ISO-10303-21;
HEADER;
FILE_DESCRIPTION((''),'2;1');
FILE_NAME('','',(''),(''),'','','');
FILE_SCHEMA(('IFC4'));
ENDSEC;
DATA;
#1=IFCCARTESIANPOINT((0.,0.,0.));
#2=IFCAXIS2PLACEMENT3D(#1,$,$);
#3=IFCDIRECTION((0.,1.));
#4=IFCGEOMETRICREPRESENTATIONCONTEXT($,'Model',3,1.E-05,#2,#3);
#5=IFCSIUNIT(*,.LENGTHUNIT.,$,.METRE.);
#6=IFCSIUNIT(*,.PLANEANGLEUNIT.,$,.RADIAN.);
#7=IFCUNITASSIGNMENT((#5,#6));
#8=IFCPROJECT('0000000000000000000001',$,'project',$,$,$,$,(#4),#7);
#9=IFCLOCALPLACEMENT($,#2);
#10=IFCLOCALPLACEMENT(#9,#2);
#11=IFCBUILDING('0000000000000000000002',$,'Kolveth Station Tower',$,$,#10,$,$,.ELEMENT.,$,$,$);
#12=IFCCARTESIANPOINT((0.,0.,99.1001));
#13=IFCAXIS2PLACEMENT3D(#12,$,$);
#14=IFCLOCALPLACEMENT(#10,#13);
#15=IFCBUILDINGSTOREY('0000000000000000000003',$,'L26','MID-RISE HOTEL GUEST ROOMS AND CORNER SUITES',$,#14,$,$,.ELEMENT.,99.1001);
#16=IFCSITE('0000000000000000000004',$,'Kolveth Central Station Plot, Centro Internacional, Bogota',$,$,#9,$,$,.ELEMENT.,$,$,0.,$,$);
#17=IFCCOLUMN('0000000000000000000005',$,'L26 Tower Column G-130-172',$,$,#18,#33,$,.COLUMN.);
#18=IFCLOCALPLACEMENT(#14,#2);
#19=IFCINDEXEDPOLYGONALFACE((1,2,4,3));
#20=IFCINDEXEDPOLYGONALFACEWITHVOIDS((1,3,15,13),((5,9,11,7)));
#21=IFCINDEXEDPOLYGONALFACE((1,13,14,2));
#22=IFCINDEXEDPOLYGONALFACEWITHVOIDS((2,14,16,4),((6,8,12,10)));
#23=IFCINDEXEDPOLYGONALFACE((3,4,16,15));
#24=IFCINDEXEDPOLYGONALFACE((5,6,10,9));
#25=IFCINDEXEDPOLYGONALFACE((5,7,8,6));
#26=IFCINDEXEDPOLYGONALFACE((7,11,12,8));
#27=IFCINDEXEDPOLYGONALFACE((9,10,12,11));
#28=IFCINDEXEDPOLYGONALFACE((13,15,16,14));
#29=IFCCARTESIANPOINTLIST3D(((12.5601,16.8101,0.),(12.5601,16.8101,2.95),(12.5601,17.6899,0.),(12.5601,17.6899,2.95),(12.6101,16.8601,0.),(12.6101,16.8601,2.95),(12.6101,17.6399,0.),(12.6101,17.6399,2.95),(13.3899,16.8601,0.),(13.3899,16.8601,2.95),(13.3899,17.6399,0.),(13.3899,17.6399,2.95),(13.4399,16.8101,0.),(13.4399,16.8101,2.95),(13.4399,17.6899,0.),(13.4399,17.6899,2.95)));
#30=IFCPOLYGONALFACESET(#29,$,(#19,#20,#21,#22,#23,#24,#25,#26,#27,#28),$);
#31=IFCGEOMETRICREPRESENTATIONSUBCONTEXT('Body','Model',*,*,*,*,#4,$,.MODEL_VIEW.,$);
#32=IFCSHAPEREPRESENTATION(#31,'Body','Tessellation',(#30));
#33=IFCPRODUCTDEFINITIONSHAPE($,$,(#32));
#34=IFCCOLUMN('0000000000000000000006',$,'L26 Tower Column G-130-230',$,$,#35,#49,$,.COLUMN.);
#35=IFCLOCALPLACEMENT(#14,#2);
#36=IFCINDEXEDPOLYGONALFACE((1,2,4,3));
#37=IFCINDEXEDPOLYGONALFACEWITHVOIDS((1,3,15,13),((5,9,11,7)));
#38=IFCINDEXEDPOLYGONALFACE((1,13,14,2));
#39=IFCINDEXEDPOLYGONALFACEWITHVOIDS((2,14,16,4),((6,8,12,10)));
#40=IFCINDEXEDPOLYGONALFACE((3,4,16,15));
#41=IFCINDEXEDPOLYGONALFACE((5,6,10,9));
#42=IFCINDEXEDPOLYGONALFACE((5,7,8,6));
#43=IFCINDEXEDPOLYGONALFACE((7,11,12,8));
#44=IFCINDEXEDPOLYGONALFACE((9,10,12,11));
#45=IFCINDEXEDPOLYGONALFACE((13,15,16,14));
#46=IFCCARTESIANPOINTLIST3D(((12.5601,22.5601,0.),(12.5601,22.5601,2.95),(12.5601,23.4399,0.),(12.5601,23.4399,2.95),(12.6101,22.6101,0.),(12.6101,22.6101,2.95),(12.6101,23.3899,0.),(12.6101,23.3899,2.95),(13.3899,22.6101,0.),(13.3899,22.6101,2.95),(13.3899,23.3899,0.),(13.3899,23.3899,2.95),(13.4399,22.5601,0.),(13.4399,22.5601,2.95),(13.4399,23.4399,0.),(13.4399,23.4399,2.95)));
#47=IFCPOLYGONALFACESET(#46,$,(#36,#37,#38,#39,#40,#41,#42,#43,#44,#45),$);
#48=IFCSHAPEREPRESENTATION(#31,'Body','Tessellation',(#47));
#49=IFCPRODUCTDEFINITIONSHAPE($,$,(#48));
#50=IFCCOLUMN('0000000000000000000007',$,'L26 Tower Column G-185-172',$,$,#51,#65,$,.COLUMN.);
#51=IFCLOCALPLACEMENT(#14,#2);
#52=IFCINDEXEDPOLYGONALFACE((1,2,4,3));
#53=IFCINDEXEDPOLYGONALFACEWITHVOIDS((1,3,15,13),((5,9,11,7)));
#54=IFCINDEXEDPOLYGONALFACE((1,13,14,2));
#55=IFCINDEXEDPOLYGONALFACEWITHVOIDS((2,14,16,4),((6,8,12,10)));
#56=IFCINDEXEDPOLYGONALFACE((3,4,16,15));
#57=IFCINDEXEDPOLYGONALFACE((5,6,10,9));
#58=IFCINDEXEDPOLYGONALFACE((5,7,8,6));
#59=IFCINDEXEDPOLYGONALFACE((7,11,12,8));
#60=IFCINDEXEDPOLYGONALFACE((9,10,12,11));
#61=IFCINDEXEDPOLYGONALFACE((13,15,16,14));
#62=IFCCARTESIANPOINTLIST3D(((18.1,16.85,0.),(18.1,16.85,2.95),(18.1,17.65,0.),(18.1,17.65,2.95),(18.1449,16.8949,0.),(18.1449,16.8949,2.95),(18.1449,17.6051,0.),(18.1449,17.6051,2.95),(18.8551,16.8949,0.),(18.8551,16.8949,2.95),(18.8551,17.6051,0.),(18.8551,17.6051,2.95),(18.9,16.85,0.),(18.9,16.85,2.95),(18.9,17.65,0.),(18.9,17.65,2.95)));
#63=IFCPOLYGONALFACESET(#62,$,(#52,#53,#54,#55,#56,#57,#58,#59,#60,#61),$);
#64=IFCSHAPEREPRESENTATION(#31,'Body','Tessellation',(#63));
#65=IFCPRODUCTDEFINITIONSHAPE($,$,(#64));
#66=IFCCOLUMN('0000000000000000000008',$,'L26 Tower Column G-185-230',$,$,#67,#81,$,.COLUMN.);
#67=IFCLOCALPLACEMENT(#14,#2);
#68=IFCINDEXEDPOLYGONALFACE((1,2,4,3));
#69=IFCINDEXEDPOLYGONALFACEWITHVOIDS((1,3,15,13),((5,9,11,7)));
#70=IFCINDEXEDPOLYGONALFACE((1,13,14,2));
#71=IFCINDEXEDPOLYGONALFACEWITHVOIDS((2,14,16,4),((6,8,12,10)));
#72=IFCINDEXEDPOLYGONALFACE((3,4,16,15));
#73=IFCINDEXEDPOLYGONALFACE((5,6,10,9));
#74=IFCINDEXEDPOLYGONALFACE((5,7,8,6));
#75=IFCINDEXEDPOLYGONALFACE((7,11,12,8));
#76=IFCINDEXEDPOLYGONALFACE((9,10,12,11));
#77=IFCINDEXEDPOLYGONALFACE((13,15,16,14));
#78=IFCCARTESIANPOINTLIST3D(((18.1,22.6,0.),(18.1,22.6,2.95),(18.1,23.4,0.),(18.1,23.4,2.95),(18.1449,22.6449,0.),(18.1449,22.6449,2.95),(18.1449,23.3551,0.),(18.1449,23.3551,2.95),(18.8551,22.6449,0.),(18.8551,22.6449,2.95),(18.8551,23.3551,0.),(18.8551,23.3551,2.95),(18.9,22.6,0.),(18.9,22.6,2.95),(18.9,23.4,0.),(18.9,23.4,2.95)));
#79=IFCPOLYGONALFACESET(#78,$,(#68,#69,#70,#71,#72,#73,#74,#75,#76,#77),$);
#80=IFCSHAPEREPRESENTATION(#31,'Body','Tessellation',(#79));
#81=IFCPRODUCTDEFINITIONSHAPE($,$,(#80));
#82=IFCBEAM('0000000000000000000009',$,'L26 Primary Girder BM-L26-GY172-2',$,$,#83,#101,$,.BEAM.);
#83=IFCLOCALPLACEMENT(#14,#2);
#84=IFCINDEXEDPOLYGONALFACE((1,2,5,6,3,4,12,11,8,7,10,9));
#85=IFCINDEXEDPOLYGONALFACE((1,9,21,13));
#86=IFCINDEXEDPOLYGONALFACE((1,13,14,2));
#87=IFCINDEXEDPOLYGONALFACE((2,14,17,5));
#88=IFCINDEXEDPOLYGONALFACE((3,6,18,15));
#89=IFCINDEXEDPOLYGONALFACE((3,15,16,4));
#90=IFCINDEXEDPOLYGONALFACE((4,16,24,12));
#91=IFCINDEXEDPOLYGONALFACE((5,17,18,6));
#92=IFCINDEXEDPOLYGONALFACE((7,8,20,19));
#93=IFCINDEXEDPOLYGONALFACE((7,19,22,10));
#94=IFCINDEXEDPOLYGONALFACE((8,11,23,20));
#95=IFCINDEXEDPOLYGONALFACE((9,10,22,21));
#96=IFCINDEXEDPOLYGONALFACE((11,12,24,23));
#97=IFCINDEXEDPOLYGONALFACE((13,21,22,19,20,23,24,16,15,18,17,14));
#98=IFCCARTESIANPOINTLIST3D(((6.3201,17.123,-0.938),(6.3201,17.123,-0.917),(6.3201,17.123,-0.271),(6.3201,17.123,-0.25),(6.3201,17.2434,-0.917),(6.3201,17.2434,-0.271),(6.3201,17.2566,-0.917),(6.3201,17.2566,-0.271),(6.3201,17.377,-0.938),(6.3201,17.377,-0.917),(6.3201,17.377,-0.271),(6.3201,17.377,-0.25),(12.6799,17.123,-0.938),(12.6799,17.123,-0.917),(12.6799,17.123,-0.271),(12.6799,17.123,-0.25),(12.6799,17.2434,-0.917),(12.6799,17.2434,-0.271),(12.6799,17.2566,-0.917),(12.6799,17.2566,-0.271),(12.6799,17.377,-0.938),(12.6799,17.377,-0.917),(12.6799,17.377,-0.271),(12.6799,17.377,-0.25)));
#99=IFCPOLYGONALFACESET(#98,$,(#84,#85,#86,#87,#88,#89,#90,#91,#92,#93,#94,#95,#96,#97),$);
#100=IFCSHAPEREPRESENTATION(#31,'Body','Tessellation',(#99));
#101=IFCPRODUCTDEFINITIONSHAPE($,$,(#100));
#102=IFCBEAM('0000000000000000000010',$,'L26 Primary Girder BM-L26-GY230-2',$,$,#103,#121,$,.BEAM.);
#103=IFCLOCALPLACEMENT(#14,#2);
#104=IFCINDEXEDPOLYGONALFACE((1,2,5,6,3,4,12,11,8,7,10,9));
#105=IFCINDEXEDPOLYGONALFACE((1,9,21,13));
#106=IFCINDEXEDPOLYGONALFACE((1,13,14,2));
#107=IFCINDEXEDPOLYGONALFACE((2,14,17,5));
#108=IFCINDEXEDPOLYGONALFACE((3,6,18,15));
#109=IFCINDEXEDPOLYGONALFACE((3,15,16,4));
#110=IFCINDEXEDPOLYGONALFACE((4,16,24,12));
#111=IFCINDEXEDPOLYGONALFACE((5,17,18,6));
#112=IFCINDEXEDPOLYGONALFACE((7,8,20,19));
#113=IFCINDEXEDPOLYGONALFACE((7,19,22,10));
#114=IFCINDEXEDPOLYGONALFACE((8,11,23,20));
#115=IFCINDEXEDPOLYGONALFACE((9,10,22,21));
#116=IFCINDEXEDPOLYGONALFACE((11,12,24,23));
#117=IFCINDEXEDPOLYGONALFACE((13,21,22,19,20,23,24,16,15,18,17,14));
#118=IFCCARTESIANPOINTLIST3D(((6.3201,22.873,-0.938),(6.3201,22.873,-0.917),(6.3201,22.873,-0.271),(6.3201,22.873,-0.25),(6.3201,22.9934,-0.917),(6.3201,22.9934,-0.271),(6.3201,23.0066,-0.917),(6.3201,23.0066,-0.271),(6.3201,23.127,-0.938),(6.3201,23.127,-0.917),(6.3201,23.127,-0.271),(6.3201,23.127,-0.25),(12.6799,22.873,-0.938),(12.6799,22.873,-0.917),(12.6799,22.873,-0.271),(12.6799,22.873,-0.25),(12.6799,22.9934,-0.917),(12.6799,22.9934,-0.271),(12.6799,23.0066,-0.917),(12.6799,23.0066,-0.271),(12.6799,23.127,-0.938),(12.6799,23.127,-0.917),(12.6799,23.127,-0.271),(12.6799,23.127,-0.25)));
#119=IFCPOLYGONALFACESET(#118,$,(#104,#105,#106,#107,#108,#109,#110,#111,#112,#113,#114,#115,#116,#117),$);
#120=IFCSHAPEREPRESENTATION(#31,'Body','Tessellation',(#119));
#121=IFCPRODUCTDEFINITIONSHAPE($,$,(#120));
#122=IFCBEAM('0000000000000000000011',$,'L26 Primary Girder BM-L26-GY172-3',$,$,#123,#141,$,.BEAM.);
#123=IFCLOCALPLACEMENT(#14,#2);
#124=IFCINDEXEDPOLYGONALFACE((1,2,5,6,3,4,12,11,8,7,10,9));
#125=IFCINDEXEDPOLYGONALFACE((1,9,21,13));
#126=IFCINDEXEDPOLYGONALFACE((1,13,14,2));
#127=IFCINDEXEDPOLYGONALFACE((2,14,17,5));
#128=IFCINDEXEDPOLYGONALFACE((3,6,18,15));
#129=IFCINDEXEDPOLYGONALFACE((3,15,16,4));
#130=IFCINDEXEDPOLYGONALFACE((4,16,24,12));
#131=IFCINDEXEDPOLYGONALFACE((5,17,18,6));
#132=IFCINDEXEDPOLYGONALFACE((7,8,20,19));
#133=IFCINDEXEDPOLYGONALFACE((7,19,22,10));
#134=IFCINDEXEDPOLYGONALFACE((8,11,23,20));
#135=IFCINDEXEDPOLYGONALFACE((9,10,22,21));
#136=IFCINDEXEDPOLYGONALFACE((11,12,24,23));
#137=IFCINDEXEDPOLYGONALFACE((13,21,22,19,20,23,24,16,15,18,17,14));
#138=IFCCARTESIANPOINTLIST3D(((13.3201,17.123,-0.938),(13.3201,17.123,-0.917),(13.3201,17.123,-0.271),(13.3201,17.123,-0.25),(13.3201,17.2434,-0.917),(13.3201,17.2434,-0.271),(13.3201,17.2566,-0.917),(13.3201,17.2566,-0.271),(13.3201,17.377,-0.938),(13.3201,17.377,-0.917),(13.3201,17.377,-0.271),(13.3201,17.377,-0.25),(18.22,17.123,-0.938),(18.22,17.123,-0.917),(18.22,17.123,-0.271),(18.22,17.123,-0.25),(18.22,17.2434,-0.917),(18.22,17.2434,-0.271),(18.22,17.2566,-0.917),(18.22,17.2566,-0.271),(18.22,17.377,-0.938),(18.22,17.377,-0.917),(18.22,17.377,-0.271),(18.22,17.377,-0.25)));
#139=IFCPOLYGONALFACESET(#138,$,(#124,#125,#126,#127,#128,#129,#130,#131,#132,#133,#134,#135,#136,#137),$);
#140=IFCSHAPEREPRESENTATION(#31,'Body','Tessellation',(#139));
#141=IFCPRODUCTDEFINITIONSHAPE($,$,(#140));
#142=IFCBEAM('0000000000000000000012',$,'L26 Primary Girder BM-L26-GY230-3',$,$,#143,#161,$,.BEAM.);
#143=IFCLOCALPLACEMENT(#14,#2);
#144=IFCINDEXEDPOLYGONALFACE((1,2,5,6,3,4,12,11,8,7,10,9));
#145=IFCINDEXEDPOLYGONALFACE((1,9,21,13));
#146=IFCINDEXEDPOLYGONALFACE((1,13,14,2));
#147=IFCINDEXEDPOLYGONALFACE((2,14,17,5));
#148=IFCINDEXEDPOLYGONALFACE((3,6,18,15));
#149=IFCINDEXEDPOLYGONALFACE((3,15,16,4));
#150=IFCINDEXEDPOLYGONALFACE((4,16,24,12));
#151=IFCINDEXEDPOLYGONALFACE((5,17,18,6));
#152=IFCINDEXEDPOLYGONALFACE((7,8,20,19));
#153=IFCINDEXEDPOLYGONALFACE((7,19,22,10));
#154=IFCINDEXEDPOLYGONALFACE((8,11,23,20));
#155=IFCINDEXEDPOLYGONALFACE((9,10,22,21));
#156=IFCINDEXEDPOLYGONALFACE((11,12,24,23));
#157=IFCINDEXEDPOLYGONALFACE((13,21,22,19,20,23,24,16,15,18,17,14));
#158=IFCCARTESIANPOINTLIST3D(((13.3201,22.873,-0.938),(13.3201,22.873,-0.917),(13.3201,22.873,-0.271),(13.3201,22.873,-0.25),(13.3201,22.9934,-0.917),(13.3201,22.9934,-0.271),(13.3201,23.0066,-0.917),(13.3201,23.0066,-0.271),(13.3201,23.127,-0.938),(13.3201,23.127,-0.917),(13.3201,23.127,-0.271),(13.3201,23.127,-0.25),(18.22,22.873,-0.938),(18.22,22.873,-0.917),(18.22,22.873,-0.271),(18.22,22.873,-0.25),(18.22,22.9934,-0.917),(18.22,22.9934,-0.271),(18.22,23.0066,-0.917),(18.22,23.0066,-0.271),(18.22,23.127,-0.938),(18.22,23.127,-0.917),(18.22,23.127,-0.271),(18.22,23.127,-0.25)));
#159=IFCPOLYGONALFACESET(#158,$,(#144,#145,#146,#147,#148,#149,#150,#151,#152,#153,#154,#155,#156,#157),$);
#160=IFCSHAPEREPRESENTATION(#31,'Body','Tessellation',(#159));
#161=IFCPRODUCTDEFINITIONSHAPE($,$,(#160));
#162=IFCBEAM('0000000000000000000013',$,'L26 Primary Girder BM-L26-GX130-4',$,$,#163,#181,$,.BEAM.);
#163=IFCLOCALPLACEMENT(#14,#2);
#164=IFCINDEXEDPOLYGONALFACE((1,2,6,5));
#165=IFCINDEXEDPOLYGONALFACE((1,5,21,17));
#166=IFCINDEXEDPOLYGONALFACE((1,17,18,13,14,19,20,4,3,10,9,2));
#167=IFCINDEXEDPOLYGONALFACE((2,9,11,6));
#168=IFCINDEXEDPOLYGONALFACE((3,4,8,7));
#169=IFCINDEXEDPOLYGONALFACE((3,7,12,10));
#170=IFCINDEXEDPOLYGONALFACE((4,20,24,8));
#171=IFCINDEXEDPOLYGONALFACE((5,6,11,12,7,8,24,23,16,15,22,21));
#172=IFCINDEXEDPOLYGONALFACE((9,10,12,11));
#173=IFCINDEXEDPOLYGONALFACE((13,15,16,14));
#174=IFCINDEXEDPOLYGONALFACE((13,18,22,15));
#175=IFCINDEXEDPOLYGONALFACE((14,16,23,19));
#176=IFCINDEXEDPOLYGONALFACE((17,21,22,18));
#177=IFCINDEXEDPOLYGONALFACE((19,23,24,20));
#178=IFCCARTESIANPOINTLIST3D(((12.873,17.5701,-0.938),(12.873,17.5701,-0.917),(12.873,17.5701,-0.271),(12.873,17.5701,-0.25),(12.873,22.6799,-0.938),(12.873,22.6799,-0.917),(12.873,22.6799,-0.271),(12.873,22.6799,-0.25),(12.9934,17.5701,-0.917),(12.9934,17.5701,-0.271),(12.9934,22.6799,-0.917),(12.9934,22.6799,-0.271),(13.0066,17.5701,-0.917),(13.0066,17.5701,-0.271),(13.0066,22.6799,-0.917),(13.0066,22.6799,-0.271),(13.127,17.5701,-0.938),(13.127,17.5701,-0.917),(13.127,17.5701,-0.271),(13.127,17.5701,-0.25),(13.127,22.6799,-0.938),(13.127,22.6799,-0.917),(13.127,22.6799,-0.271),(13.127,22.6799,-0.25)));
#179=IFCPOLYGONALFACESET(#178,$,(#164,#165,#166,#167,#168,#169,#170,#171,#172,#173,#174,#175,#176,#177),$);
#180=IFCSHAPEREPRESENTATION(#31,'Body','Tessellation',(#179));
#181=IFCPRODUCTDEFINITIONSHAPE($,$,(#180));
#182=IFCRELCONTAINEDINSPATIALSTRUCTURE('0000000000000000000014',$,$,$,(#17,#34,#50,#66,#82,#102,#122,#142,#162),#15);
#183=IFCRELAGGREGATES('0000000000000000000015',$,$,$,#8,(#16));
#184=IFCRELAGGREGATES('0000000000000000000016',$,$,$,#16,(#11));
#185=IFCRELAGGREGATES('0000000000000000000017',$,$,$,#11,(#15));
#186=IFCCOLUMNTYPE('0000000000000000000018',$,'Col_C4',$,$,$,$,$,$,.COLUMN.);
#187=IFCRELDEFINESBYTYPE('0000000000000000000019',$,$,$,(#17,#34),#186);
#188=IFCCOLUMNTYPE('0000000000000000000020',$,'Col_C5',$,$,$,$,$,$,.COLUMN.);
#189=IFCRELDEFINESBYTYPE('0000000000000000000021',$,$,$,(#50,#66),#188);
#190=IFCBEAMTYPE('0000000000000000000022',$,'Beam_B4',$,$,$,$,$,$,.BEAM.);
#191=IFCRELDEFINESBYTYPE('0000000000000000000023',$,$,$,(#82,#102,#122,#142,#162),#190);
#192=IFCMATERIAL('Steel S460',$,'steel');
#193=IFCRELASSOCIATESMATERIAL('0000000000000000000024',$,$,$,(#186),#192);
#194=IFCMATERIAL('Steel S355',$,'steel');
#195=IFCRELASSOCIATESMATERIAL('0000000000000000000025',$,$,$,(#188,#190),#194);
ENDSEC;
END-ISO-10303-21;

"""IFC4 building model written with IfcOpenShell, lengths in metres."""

from ifc_helpers import new_model, si_unit, direction, frame, origin, origin_2d, place, context, subcontext, project, spatial, hollow_rectangle, i_section, extrude, source, transform, mapped, material, material_profile, profile_set, type_object, element, save


model = new_model("IFC4")

# Units and contexts
model_context = context("Model", 3, precision=1e-05, world=origin(), true_north=direction((0.0, 1.0)))
body_context = subcontext(model_context, "Body", "Model", "MODEL_VIEW")
ifc_project = project(units=[si_unit("LENGTHUNIT", "METRE"), si_unit("PLANEANGLEUNIT", "RADIAN")], contexts=[model_context])

# Site, building, storey
site_placement = place(None, origin())
site = spatial("IfcSite", under=ifc_project, at=site_placement, Name="Kolveth Central Station Plot, Centro Internacional, Bogota", CompositionType="ELEMENT", RefElevation=0.0)
building_placement = place(site_placement, origin())
building = spatial("IfcBuilding", under=site, at=building_placement, Name="Kolveth Station Tower", CompositionType="ELEMENT")
storey_placement = place(building_placement, frame((0.0, 0.0, 99.1001)))
storey = spatial("IfcBuildingStorey", under=building, at=storey_placement, Name="L26", Description="MID-RISE HOTEL GUEST ROOMS AND CORNER SUITES", CompositionType="ELEMENT", Elevation=99.1001)

# Columns
ifc_material_1 = material(Name="Steel S460", Category="steel")
ifc_material_profile_1 = material_profile(ifc_material_1, hollow_rectangle(XDim=0.8799, YDim=0.8799, WallThickness=0.05, at=origin_2d()), Name="BOX880x880x50")
ifc_profile_set_1 = profile_set([ifc_material_profile_1], Name="Steel S460")
column_type_1 = type_object("IfcColumnType", Name="Col_C4", PredefinedType="COLUMN", material=ifc_profile_set_1)
shared_shape_1 = source(origin(), body_context, "Body", "SweptSolid", [
    extrude(hollow_rectangle(XDim=0.8799, YDim=0.8799, WallThickness=0.05, at=origin_2d()), origin(), (0.0, 0.0, 1.0), 2.95),
])
for number, where, z_axis, x_axis, name in (
    (1, (13.0, 17.25, 0.0), (0.0, 0.0, 1.0), (1.0, 0.0, 0.0), "L26 Tower Column G-130-172"),
    (2, (13.0, 23.0, 0.0), (0.0, 0.0, 1.0), (1.0, 0.0, 0.0), "L26 Tower Column G-130-230"),
):
    element("IfcColumn", number, at=place(storey_placement, frame(where, z_axis=z_axis, x_axis=x_axis)), inside=storey, type_object=column_type_1, Name=name, PredefinedType="COLUMN", context=body_context, shape_type="MappedRepresentation", body=[
        mapped(shared_shape_1, transform((0.0, 0.0, 0.0), x_axis=(1.0, 0.0, 0.0), y_axis=(0.0, 1.0, 0.0), z_axis=(0.0, 0.0, 1.0), scale=1.0)),
    ])
ifc_material_2 = material(Name="Steel S355", Category="steel")
ifc_material_profile_2 = material_profile(ifc_material_2, hollow_rectangle(XDim=0.8, YDim=0.8, WallThickness=0.0449, at=origin_2d()), Name="BOX800x800x45")
ifc_profile_set_2 = profile_set([ifc_material_profile_2], Name="Steel S355")
column_type_2 = type_object("IfcColumnType", Name="Col_C5", PredefinedType="COLUMN", material=ifc_profile_set_2)
shared_shape_2 = source(origin(), body_context, "Body", "SweptSolid", [
    extrude(hollow_rectangle(XDim=0.8, YDim=0.8, WallThickness=0.0449, at=origin_2d()), origin(), (0.0, 0.0, 1.0), 2.95),
])
for number, where, z_axis, x_axis, name in (
    (3, (18.5, 17.25, 0.0), (0.0, 0.0, 1.0), (1.0, 0.0, 0.0), "L26 Tower Column G-185-172"),
    (4, (18.5, 23.0, 0.0), (0.0, 0.0, 1.0), (1.0, 0.0, 0.0), "L26 Tower Column G-185-230"),
):
    element("IfcColumn", number, at=place(storey_placement, frame(where, z_axis=z_axis, x_axis=x_axis)), inside=storey, type_object=column_type_2, Name=name, PredefinedType="COLUMN", context=body_context, shape_type="MappedRepresentation", body=[
        mapped(shared_shape_2, transform((0.0, 0.0, 0.0), x_axis=(1.0, 0.0, 0.0), y_axis=(0.0, 1.0, 0.0), z_axis=(0.0, 0.0, 1.0), scale=1.0)),
    ])

# Beams
ifc_material_profile_3 = material_profile(ifc_material_2, i_section(OverallWidth=0.2539, OverallDepth=0.688, WebThickness=0.0132, FlangeThickness=0.021, at=origin_2d()), Name="W690x152")
ifc_profile_set_3 = profile_set([ifc_material_profile_3], Name="Steel S355")
beam_type_1 = type_object("IfcBeamType", Name="Beam_B4", PredefinedType="BEAM", material=ifc_profile_set_3)
shared_shape_3 = source(origin(), body_context, "Body", "SweptSolid", [
    extrude(i_section(OverallWidth=0.2539, OverallDepth=0.688, WebThickness=0.0132, FlangeThickness=0.021, at=origin_2d()), origin(), (0.0, 0.0, 1.0), 6.3599),
])
for number, where, z_axis, x_axis, name in (
    (5, (6.3201, 17.25, -0.594), (1.0, 0.0, 0.0), (0.0, 1.0, 0.0), "L26 Primary Girder BM-L26-GY172-2"),
    (6, (6.3201, 23.0, -0.594), (1.0, 0.0, 0.0), (0.0, 1.0, 0.0), "L26 Primary Girder BM-L26-GY230-2"),
):
    element("IfcBeam", number, at=place(storey_placement, frame(where, z_axis=z_axis, x_axis=x_axis)), inside=storey, type_object=beam_type_1, Name=name, PredefinedType="BEAM", context=body_context, shape_type="MappedRepresentation", body=[
        mapped(shared_shape_3, transform((0.0, 0.0, 0.0), x_axis=(1.0, 0.0, 0.0), y_axis=(0.0, 1.0, 0.0), z_axis=(0.0, 0.0, 1.0), scale=1.0)),
    ])
shared_shape_4 = source(origin(), body_context, "Body", "SweptSolid", [
    extrude(i_section(OverallWidth=0.2539, OverallDepth=0.688, WebThickness=0.0132, FlangeThickness=0.021, at=origin_2d()), origin(), (0.0, 0.0, 1.0), 4.8999),
])
for number, where, z_axis, x_axis, name in (
    (7, (13.3201, 17.25, -0.594), (1.0, 0.0, 0.0), (0.0, 1.0, 0.0), "L26 Primary Girder BM-L26-GY172-3"),
    (8, (13.3201, 23.0, -0.594), (1.0, 0.0, 0.0), (0.0, 1.0, 0.0), "L26 Primary Girder BM-L26-GY230-3"),
):
    element("IfcBeam", number, at=place(storey_placement, frame(where, z_axis=z_axis, x_axis=x_axis)), inside=storey, type_object=beam_type_1, Name=name, PredefinedType="BEAM", context=body_context, shape_type="MappedRepresentation", body=[
        mapped(shared_shape_4, transform((0.0, 0.0, 0.0), x_axis=(1.0, 0.0, 0.0), y_axis=(0.0, 1.0, 0.0), z_axis=(0.0, 0.0, 1.0), scale=1.0)),
    ])
shared_shape_5 = source(origin(), body_context, "Body", "SweptSolid", [
    extrude(i_section(OverallWidth=0.2539, OverallDepth=0.688, WebThickness=0.0132, FlangeThickness=0.021, at=origin_2d()), origin(), (0.0, 0.0, 1.0), 5.1099),
])
for number, where, z_axis, x_axis, name in (
    (9, (13.0, 17.5701, -0.594), (0.0, 1.0, 0.0), (-1.0, 0.0, 0.0), "L26 Primary Girder BM-L26-GX130-4"),
):
    element("IfcBeam", number, at=place(storey_placement, frame(where, z_axis=z_axis, x_axis=x_axis)), inside=storey, type_object=beam_type_1, Name=name, PredefinedType="BEAM", context=body_context, shape_type="MappedRepresentation", body=[
        mapped(shared_shape_5, transform((0.0, 0.0, 0.0), x_axis=(1.0, 0.0, 0.0), y_axis=(0.0, 1.0, 0.0), z_axis=(0.0, 0.0, 1.0), scale=1.0)),
    ])

save(model, "model.ifc")
